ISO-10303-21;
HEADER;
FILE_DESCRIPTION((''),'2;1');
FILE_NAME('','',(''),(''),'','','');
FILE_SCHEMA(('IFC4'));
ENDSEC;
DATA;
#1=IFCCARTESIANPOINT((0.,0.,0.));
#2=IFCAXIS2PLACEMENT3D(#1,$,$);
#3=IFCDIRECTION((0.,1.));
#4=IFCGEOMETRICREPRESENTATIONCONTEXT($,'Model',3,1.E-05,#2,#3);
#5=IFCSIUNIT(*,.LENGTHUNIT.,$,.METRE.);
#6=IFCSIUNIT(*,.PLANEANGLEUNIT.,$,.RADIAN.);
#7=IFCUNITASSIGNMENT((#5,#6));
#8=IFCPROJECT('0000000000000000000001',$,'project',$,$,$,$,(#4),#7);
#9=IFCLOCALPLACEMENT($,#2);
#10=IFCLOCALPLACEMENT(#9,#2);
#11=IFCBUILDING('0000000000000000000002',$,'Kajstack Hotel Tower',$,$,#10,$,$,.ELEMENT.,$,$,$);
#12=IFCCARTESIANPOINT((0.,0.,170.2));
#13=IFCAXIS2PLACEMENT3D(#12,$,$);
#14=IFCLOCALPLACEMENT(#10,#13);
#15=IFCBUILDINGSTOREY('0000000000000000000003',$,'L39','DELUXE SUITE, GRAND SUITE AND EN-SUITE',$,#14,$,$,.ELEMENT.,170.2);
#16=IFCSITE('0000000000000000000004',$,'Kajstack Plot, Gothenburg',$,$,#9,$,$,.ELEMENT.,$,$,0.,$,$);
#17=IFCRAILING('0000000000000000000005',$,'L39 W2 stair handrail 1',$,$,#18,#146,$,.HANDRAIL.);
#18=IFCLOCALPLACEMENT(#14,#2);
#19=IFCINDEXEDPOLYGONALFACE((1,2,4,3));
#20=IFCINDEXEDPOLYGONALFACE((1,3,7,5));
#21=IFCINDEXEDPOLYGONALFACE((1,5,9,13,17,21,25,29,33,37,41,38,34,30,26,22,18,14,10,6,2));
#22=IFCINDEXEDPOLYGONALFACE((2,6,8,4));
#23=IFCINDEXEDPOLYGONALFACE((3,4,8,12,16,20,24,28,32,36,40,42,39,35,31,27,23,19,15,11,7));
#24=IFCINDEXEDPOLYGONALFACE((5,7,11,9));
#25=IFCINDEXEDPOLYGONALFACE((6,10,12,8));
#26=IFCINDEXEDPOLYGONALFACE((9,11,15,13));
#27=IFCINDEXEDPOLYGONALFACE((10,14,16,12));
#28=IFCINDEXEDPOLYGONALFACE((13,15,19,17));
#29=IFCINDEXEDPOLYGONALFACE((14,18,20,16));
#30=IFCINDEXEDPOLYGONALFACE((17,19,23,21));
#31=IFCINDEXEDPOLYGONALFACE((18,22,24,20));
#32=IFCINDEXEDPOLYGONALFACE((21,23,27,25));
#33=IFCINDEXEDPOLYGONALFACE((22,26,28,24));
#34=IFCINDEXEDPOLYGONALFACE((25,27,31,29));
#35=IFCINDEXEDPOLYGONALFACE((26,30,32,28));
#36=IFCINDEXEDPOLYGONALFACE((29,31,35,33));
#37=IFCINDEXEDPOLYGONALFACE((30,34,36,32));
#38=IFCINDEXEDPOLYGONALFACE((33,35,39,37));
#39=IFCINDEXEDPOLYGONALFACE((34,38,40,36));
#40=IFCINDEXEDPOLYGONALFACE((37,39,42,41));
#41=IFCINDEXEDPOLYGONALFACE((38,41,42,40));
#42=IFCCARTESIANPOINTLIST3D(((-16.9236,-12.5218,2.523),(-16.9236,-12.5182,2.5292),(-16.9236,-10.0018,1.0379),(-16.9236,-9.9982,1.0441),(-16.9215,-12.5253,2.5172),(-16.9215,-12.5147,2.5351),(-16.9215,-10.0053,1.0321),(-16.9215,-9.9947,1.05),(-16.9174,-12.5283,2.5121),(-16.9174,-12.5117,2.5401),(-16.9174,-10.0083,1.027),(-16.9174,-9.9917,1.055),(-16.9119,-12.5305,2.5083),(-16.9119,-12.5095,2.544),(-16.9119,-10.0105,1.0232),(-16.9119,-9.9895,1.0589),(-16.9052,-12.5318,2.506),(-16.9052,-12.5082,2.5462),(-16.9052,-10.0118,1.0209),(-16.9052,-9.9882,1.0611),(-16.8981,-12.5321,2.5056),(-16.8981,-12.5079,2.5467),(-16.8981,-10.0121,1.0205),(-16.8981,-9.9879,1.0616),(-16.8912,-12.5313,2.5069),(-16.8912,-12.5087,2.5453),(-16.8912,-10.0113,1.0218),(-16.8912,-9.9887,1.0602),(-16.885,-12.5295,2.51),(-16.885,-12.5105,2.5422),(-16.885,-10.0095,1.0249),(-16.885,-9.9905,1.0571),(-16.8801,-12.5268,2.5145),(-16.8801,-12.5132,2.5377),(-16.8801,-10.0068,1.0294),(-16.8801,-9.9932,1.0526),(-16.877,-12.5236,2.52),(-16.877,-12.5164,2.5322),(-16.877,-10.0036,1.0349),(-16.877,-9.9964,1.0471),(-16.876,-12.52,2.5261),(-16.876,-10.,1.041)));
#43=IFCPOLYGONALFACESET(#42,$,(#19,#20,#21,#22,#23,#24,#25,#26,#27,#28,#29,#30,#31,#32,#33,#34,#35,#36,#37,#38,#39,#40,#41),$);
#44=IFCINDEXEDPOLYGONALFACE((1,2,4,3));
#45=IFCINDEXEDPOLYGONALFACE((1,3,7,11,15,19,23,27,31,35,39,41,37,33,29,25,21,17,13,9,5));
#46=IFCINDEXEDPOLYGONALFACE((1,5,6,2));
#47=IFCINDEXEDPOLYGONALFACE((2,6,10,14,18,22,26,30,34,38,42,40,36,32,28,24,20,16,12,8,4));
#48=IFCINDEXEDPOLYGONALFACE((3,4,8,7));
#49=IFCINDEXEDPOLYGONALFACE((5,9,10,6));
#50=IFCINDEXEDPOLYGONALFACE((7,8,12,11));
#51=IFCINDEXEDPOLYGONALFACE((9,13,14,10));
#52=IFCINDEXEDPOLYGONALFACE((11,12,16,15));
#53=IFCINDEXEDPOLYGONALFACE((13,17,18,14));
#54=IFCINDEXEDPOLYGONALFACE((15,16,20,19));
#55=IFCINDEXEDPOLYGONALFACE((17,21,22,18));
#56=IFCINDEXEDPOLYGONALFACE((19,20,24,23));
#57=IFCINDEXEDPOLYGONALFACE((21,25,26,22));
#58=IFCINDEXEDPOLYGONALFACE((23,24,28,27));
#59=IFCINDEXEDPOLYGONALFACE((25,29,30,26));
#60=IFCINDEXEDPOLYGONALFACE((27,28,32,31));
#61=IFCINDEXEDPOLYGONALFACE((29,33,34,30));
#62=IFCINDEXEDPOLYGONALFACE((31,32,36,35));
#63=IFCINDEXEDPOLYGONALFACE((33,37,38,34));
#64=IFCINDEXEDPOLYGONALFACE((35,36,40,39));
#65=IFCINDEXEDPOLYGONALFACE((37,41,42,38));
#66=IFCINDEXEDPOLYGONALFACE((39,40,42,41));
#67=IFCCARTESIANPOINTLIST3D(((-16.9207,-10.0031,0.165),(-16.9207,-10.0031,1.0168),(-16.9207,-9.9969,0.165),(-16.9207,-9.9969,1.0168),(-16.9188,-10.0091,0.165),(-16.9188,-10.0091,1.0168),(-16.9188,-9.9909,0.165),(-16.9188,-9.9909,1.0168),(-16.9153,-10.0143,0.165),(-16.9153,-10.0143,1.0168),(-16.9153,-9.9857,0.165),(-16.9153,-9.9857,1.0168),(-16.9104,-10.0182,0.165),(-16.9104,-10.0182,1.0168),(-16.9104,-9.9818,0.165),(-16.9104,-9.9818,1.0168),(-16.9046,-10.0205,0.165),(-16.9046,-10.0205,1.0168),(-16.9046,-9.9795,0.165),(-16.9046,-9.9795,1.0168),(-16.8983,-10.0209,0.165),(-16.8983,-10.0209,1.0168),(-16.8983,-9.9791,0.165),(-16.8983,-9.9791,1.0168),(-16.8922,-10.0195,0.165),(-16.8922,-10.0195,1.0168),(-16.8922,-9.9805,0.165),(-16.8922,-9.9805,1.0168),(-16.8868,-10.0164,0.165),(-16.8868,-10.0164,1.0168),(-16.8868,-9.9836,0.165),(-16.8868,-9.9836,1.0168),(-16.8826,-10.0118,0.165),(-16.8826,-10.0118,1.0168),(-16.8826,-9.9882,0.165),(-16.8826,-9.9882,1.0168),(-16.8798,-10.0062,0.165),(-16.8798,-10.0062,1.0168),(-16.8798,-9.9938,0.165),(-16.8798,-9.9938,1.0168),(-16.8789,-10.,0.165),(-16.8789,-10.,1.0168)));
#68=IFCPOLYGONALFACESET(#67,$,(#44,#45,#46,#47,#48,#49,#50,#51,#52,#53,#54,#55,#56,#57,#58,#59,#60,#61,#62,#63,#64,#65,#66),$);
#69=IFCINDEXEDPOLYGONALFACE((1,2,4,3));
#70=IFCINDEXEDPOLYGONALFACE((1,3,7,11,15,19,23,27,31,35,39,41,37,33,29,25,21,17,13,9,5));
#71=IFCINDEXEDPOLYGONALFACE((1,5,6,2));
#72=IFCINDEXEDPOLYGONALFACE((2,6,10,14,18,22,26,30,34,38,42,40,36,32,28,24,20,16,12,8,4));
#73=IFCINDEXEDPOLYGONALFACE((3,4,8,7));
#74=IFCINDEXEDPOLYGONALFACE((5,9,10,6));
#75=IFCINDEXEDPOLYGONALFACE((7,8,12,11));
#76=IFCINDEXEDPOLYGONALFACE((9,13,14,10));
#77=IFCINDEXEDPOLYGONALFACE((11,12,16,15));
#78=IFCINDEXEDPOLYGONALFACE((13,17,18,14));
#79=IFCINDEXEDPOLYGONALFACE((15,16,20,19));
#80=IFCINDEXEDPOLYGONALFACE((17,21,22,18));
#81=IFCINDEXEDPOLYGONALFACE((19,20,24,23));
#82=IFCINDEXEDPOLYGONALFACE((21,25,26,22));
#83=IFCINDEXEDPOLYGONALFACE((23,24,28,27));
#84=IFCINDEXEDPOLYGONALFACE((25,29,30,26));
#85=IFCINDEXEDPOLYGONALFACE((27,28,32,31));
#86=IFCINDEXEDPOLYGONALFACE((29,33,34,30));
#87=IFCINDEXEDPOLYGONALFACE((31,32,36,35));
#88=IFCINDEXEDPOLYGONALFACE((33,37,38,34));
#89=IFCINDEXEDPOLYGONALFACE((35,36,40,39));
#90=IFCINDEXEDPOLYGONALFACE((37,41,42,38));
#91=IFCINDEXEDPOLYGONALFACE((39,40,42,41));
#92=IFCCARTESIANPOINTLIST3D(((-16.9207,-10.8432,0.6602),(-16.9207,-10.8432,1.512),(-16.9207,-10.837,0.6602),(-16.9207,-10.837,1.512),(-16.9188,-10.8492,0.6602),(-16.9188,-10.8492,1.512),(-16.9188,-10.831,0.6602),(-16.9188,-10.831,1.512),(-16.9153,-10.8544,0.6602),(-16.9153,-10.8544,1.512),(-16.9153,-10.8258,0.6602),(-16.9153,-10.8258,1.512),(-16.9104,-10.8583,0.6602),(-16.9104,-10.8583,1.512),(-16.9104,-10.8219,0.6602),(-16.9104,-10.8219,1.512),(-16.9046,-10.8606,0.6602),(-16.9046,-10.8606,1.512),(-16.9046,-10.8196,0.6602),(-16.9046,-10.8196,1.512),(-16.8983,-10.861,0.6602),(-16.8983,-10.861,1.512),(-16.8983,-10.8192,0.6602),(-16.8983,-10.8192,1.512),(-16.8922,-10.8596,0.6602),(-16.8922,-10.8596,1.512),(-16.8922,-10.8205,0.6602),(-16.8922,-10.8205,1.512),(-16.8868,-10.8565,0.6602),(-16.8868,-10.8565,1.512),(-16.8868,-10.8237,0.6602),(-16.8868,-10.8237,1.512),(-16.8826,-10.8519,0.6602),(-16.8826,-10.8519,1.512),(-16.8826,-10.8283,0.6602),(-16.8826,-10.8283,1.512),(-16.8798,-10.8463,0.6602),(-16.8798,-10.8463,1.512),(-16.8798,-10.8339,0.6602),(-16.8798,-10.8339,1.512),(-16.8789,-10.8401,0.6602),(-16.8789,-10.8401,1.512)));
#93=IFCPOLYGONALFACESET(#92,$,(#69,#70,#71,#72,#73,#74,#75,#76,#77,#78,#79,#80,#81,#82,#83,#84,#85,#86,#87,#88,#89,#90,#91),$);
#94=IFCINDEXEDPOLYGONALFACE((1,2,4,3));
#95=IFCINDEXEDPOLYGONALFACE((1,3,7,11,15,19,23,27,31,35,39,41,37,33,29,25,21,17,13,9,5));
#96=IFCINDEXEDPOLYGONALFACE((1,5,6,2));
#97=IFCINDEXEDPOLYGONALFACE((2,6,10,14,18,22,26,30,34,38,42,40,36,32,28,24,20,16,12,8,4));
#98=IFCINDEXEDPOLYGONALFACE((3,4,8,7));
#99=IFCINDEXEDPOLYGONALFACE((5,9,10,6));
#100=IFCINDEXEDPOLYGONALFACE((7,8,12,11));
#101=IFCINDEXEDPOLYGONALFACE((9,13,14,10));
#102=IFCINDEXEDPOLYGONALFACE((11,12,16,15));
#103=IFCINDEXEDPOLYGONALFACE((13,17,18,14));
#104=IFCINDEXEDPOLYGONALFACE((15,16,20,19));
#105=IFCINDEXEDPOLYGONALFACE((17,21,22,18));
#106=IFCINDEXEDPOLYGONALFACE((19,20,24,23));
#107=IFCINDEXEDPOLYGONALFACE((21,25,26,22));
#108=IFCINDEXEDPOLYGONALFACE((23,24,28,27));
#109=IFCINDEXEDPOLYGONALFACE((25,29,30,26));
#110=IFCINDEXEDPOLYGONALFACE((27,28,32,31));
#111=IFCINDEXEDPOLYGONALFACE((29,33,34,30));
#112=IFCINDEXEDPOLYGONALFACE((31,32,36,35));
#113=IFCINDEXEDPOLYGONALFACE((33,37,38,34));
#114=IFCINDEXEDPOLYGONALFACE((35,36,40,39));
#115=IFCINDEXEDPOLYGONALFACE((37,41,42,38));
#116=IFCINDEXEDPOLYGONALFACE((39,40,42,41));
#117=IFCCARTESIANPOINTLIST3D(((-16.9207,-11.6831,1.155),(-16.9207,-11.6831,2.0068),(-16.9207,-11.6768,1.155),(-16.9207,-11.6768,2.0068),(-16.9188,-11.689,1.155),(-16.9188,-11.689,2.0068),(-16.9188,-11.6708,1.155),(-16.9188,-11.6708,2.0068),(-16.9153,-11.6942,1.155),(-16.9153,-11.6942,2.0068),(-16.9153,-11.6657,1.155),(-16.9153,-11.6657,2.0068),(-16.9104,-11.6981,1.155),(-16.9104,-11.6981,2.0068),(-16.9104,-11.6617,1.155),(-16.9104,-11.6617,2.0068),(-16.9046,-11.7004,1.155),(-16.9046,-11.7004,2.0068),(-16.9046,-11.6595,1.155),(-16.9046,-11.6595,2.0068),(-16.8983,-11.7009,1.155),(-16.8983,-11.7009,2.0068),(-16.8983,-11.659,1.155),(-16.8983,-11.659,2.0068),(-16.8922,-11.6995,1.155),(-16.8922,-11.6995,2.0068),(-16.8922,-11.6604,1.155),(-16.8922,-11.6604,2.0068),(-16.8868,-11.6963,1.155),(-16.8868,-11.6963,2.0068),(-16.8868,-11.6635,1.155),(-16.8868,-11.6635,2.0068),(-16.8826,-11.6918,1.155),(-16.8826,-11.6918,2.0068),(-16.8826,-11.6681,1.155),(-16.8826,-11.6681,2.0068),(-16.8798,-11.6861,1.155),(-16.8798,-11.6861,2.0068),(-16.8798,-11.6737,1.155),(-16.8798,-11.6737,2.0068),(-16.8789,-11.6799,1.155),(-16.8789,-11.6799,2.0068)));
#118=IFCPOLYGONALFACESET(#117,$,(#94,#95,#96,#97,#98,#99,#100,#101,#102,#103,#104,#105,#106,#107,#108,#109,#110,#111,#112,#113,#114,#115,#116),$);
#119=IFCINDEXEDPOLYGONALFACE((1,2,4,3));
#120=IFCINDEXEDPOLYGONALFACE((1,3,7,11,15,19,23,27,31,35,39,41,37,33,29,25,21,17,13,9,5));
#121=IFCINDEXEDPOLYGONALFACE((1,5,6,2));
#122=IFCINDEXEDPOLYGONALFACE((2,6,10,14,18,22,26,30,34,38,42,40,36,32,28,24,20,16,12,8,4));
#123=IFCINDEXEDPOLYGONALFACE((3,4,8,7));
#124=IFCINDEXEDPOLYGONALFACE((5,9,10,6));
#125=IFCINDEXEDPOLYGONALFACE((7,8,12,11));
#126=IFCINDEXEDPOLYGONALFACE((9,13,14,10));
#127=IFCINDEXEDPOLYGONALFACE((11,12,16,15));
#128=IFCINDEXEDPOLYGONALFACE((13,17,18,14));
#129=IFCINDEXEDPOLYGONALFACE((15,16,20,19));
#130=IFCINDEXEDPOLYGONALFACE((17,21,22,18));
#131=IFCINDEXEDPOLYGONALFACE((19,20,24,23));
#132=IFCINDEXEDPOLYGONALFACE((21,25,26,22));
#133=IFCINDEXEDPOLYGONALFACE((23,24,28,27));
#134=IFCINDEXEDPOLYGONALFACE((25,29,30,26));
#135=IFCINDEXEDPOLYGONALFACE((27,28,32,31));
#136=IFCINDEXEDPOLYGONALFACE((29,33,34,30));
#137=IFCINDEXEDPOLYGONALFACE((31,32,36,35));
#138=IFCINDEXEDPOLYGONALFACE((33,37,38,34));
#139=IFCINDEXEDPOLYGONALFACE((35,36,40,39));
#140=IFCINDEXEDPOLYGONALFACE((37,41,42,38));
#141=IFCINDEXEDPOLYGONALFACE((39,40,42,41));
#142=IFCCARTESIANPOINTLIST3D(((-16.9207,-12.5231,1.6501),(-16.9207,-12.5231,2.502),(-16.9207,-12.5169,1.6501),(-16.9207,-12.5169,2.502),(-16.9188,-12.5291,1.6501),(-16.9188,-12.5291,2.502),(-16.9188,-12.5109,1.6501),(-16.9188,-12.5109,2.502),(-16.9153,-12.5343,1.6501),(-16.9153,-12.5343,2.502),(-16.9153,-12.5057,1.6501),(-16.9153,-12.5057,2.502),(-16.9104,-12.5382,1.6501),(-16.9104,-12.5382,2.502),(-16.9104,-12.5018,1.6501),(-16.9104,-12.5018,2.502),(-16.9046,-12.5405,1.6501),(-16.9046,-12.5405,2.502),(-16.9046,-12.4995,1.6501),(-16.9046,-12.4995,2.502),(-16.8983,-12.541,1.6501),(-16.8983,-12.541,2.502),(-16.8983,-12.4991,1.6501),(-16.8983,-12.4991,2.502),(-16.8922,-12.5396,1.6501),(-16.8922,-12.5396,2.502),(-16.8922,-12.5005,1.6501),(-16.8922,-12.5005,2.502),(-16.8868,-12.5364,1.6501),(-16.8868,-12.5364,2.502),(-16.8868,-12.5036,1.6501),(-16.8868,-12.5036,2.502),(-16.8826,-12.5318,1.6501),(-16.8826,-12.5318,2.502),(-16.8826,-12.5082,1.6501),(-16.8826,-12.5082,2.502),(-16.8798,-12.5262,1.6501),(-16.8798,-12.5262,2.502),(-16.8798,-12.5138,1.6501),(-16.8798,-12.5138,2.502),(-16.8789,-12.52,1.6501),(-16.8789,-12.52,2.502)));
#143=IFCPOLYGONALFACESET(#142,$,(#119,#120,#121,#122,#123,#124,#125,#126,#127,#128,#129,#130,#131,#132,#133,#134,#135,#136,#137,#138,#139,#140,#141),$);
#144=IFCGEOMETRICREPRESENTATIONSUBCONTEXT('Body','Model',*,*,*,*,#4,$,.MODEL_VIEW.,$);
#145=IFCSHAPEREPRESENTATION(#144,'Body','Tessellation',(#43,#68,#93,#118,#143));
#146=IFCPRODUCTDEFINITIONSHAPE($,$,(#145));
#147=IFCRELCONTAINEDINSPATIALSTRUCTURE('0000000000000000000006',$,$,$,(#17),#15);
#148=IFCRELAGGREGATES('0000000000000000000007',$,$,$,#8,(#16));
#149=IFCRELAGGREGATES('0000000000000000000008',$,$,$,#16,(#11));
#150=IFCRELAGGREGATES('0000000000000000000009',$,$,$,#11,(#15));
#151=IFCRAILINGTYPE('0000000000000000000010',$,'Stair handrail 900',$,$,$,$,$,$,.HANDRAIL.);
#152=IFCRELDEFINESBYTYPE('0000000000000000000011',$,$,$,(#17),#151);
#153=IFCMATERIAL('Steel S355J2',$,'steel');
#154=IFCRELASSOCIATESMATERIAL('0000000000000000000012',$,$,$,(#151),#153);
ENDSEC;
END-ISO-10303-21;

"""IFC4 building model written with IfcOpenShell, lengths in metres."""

from ifc_helpers import new_model, si_unit, direction, frame, origin, origin_2d, place, context, subcontext, project, spatial, circle, extrude, material, type_object, element, save


model = new_model("IFC4")

# Units and contexts
model_context = context("Model", 3, precision=1e-05, world=origin(), true_north=direction((0.0, 1.0)))
body_context = subcontext(model_context, "Body", "Model", "MODEL_VIEW")
ifc_project = project(units=[si_unit("LENGTHUNIT", "METRE"), si_unit("PLANEANGLEUNIT", "RADIAN")], contexts=[model_context])

# Site, building, storey
site_placement = place(None, origin())
site = spatial("IfcSite", under=ifc_project, at=site_placement, Name="Kajstack Plot, Gothenburg", CompositionType="ELEMENT", RefElevation=0.0)
building_placement = place(site_placement, origin())
building = spatial("IfcBuilding", under=site, at=building_placement, Name="Kajstack Hotel Tower", CompositionType="ELEMENT")
storey_placement = place(building_placement, frame((0.0, 0.0, 170.2)))
storey = spatial("IfcBuildingStorey", under=building, at=storey_placement, Name="L39", Description="DELUXE SUITE, GRAND SUITE AND EN-SUITE", CompositionType="ELEMENT", Elevation=170.2)

# Railing
ifc_material_1 = material(Name="Steel S355J2", Category="steel")
railing_type_1 = type_object("IfcRailingType", Name="Stair handrail 900", PredefinedType="HANDRAIL", material=ifc_material_1)
railing_1_placement = place(storey_placement, frame((-16.8999, -10.0, 0.165)))
element("IfcRailing", 1, at=railing_1_placement, inside=storey, type_object=railing_type_1, Name="L39 W2 stair handrail 1", PredefinedType="HANDRAIL", context=body_context, shape_type="SweptSolid", body=[
    extrude(circle(Radius=0.0239, at=origin_2d()), frame((0.0, 0.0, 0.876), z_axis=(0.0, -0.861524, 0.507717), x_axis=(1.0, 0.0, 0.0)), (0.0, 0.0, 1.0), 2.925),
    extrude(circle(Radius=0.021, at=origin_2d()), origin(), (0.0, 0.0, 1.0), 0.8518),
    extrude(circle(Radius=0.021, at=origin_2d()), frame((0.0, -0.8401, 0.4951)), (0.0, 0.0, 1.0), 0.8518),
    extrude(circle(Radius=0.021, at=origin_2d()), frame((0.0, -1.6799, 0.99)), (0.0, 0.0, 1.0), 0.8518),
    extrude(circle(Radius=0.021, at=origin_2d()), frame((0.0, -2.52, 1.4851)), (0.0, 0.0, 1.0), 0.8518),
])

save(model, "model.ifc")
